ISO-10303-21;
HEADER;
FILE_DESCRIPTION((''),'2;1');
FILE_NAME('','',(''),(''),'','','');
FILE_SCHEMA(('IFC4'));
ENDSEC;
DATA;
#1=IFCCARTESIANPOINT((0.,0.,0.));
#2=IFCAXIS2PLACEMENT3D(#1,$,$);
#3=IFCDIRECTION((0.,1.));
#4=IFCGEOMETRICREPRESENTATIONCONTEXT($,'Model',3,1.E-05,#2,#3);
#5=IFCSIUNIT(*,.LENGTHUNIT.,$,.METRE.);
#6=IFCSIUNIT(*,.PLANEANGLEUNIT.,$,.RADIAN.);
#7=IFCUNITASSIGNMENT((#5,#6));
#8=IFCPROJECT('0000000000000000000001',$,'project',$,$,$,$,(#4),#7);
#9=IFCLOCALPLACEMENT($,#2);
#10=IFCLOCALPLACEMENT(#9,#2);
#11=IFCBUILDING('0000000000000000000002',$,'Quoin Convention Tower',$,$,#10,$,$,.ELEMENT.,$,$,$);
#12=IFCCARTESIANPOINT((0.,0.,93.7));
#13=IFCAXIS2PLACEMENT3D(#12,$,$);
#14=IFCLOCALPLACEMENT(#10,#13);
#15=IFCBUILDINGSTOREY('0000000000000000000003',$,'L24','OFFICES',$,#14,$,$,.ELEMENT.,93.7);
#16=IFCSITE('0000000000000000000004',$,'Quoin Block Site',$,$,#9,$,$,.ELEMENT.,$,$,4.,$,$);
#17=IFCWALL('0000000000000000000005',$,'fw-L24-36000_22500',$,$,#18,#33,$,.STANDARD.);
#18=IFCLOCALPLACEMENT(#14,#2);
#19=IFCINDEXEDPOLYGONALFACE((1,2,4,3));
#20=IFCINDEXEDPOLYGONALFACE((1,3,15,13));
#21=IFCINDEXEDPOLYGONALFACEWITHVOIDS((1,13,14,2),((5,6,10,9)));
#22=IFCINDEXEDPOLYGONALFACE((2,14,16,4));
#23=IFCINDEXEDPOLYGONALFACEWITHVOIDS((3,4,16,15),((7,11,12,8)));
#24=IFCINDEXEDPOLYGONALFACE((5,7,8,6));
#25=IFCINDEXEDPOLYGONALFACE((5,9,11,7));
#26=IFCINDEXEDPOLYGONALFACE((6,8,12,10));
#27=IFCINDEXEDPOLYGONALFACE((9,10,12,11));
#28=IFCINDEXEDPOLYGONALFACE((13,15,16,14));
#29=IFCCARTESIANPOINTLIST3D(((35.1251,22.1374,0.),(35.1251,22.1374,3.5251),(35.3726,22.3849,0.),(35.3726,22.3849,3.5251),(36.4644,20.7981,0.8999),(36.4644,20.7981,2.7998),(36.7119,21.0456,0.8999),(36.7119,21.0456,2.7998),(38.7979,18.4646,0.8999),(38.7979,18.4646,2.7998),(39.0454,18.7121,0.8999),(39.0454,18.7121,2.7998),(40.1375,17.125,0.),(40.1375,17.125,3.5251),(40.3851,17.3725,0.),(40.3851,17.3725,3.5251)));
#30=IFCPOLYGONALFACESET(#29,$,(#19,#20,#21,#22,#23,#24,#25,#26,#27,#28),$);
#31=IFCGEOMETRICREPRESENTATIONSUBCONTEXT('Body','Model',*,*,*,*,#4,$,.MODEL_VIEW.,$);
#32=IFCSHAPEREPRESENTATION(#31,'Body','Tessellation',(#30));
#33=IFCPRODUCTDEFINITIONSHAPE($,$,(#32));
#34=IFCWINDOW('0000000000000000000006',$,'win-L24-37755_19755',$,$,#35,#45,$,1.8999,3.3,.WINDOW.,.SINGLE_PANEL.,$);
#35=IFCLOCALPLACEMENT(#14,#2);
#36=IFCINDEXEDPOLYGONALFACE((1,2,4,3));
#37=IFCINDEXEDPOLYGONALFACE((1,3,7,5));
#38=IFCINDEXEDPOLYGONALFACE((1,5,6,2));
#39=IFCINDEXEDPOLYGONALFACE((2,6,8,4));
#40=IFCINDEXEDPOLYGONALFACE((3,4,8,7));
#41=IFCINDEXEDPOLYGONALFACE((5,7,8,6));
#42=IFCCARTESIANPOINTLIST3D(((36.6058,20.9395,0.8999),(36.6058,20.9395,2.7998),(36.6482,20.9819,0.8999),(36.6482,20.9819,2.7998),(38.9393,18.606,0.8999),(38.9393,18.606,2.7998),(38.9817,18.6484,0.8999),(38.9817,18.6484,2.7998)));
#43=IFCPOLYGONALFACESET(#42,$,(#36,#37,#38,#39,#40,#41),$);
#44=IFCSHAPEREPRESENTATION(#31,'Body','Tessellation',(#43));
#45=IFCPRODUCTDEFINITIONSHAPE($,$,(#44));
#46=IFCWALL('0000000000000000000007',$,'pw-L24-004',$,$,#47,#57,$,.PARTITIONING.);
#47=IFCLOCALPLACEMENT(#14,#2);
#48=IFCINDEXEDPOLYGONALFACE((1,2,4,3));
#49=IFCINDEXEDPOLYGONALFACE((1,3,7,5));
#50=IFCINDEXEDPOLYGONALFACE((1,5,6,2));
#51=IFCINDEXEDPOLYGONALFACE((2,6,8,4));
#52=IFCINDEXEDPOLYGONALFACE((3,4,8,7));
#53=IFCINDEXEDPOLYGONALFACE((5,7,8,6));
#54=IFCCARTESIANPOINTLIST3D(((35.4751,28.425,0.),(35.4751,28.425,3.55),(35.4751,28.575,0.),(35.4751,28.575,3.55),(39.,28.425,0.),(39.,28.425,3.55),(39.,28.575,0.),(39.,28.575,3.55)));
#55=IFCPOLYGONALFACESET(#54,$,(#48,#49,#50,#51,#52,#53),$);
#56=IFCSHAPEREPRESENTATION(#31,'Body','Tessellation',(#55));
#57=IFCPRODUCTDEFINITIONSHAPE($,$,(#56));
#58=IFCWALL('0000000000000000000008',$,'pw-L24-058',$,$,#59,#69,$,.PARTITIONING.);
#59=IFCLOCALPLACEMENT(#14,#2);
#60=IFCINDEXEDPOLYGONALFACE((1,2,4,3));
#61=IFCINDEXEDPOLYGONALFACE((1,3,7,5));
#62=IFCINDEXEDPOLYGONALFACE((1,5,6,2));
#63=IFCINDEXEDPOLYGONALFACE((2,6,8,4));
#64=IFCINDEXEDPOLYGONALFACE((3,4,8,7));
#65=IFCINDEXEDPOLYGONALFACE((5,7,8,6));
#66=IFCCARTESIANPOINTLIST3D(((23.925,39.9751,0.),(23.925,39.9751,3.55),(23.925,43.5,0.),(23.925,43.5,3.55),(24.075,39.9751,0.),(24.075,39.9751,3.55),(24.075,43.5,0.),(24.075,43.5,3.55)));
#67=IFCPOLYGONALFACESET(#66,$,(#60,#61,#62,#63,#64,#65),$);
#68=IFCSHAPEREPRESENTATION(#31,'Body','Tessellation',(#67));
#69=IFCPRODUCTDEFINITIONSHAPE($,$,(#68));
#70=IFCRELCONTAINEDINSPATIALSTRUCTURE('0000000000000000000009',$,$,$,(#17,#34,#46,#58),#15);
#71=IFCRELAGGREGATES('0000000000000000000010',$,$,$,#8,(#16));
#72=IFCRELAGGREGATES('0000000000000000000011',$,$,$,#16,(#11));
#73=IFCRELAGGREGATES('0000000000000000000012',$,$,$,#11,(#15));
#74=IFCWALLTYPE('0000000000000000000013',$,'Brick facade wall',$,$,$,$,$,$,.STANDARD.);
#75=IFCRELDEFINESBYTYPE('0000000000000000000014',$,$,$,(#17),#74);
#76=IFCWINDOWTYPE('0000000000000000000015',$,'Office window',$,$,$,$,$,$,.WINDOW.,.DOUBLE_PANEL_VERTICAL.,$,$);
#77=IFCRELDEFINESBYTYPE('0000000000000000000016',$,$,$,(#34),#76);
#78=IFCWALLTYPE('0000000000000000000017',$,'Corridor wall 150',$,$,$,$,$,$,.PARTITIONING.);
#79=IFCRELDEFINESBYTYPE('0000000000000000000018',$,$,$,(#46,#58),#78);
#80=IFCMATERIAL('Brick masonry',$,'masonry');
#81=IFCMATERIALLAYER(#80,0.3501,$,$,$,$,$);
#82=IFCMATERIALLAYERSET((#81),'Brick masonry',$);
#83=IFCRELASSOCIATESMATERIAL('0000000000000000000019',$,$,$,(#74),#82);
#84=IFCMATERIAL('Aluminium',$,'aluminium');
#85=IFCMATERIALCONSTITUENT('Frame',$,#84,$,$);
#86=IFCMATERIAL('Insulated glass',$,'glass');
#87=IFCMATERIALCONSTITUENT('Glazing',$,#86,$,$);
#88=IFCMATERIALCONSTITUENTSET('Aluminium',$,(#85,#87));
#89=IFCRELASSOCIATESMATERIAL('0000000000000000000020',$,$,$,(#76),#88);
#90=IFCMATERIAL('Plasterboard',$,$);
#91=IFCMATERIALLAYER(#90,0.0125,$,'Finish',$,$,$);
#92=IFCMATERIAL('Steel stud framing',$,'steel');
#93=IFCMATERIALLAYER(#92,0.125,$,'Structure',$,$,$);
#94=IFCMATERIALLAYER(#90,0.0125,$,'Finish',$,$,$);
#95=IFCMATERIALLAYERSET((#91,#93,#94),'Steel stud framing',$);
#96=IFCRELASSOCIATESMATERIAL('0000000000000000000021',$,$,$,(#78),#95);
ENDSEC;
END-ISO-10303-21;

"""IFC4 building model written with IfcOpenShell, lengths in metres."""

from ifc_helpers import new_model, si_unit, direction, frame, frame_2d, origin, place, context, subcontext, project, spatial, rectangle, extrude, material, layer, layer_set, constituent, constituent_set, type_object, element, fill, save


model = new_model("IFC4")

# Units and contexts
model_context = context("Model", 3, precision=1e-05, world=origin(), true_north=direction((0.0, 1.0)))
body_context = subcontext(model_context, "Body", "Model", "MODEL_VIEW")
ifc_project = project(units=[si_unit("LENGTHUNIT", "METRE"), si_unit("PLANEANGLEUNIT", "RADIAN")], contexts=[model_context])

# Site, building, storey
site_placement = place(None, origin())
site = spatial("IfcSite", under=ifc_project, at=site_placement, Name="Quoin Block Site", CompositionType="ELEMENT", RefElevation=4.0)
building_placement = place(site_placement, origin())
building = spatial("IfcBuilding", under=site, at=building_placement, Name="Quoin Convention Tower", CompositionType="ELEMENT")
storey_placement = place(building_placement, frame((0.0, 0.0, 93.7)))
storey = spatial("IfcBuildingStorey", under=building, at=storey_placement, Name="L24", Description="OFFICES", CompositionType="ELEMENT", Elevation=93.7)

# Shared definitions
ifc_material_1 = material(Name="Plasterboard")
ifc_material_2 = material(Name="Steel stud framing", Category="steel")

# Shared definitions
ifc_material_3 = material(Name="Brick masonry", Category="masonry")
ifc_layer_1 = layer(ifc_material_3, 0.3501)
ifc_layer_set_1 = layer_set([ifc_layer_1], Name="Brick masonry")
wall_type_1 = type_object("IfcWallType", Name="Brick facade wall", PredefinedType="STANDARD", material=ifc_layer_set_1)
ifc_material_4 = material(Name="Aluminium", Category="aluminium")
ifc_constituent_1 = constituent(ifc_material_4, Name="Frame")
ifc_material_5 = material(Name="Insulated glass", Category="glass")
ifc_constituent_2 = constituent(ifc_material_5, Name="Glazing")
ifc_constituent_set = constituent_set(constituents=[ifc_constituent_1, ifc_constituent_2], Name="Aluminium")
window_type = type_object("IfcWindowType", Name="Office window", PartitioningType="DOUBLE_PANEL_VERTICAL", PredefinedType="WINDOW", material=ifc_constituent_set)

# Wall, opening, window
wall_1_placement = place(storey_placement, frame((35.2488, 22.2612, 0.0), z_axis=(0.0, 0.0, 1.0), x_axis=(0.707107, -0.707107, 0.0)))
wall_1 = element("IfcWall", 1, at=wall_1_placement, inside=storey, type_object=wall_type_1, Name="fw-L24-36000_22500", PredefinedType="STANDARD", context=body_context, shape_type="SweptSolid", body=[
    extrude(rectangle(XDim=7.0886, YDim=0.3501, at=frame_2d((3.5444, 0.0))), origin(), (0.0, 0.0, 1.0), 3.5251),
])
opening_1_placement = place(wall_1_placement, frame((1.8943, 0.0, 0.8999)))
opening_1 = element("IfcOpeningElement", 2, at=opening_1_placement, cuts=wall_1, PredefinedType="OPENING", context=body_context, shape_type="SweptSolid", body=[
    extrude(rectangle(XDim=3.3, YDim=1.8999, at=frame_2d((1.6499, 0.95))), frame((0.0, 0.1851, 0.0), z_axis=(0.0, -1.0, 0.0), x_axis=(1.0, 0.0, 0.0)), (0.0, 0.0, 1.0), 0.3701),
])
window_1_placement = place(opening_1_placement, origin())
window_1 = element("IfcWindow", 3, at=window_1_placement, inside=storey, type_object=window_type, Name="win-L24-37755_19755", OverallHeight=1.8999, OverallWidth=3.3, PartitioningType="SINGLE_PANEL", PredefinedType="WINDOW", context=body_context, shape_type="SweptSolid", body=[
    extrude(rectangle(XDim=3.3, YDim=1.8999, at=frame_2d((1.6499, 0.95))), frame((0.0, 0.085, 0.0), z_axis=(0.0, -1.0, 0.0), x_axis=(1.0, 0.0, 0.0)), (0.0, 0.0, 1.0), 0.0601),
])
fill(opening_1, window_1)

# Walls
ifc_layer_2 = layer(ifc_material_1, 0.0125, Name="Finish")
ifc_layer_3 = layer(ifc_material_2, 0.125, Name="Structure")
ifc_layer_4 = layer(ifc_material_1, 0.0125, Name="Finish")
ifc_layer_set_2 = layer_set([ifc_layer_2, ifc_layer_3, ifc_layer_4], Name="Steel stud framing")
wall_type_2 = type_object("IfcWallType", Name="Corridor wall 150", PredefinedType="PARTITIONING", material=ifc_layer_set_2)
for number, where, z_axis, x_axis, name in (
    (4, (35.4751, 28.5, 0.0), (0.0, 0.0, 1.0), (1.0, 0.0, 0.0), "pw-L24-004"),
    (5, (24.0, 39.9751, 0.0), (0.0, 0.0, 1.0), (0.0, 1.0, 0.0), "pw-L24-058"),
):
    element("IfcWall", number, at=place(storey_placement, frame(where, z_axis=z_axis, x_axis=x_axis)), inside=storey, type_object=wall_type_2, Name=name, PredefinedType="PARTITIONING", context=body_context, shape_type="SweptSolid", body=[
        extrude(rectangle(XDim=3.5249, YDim=0.1499, at=frame_2d((1.7625, 0.0))), origin(), (0.0, 0.0, 1.0), 3.55),
    ])

save(model, "model.ifc")
